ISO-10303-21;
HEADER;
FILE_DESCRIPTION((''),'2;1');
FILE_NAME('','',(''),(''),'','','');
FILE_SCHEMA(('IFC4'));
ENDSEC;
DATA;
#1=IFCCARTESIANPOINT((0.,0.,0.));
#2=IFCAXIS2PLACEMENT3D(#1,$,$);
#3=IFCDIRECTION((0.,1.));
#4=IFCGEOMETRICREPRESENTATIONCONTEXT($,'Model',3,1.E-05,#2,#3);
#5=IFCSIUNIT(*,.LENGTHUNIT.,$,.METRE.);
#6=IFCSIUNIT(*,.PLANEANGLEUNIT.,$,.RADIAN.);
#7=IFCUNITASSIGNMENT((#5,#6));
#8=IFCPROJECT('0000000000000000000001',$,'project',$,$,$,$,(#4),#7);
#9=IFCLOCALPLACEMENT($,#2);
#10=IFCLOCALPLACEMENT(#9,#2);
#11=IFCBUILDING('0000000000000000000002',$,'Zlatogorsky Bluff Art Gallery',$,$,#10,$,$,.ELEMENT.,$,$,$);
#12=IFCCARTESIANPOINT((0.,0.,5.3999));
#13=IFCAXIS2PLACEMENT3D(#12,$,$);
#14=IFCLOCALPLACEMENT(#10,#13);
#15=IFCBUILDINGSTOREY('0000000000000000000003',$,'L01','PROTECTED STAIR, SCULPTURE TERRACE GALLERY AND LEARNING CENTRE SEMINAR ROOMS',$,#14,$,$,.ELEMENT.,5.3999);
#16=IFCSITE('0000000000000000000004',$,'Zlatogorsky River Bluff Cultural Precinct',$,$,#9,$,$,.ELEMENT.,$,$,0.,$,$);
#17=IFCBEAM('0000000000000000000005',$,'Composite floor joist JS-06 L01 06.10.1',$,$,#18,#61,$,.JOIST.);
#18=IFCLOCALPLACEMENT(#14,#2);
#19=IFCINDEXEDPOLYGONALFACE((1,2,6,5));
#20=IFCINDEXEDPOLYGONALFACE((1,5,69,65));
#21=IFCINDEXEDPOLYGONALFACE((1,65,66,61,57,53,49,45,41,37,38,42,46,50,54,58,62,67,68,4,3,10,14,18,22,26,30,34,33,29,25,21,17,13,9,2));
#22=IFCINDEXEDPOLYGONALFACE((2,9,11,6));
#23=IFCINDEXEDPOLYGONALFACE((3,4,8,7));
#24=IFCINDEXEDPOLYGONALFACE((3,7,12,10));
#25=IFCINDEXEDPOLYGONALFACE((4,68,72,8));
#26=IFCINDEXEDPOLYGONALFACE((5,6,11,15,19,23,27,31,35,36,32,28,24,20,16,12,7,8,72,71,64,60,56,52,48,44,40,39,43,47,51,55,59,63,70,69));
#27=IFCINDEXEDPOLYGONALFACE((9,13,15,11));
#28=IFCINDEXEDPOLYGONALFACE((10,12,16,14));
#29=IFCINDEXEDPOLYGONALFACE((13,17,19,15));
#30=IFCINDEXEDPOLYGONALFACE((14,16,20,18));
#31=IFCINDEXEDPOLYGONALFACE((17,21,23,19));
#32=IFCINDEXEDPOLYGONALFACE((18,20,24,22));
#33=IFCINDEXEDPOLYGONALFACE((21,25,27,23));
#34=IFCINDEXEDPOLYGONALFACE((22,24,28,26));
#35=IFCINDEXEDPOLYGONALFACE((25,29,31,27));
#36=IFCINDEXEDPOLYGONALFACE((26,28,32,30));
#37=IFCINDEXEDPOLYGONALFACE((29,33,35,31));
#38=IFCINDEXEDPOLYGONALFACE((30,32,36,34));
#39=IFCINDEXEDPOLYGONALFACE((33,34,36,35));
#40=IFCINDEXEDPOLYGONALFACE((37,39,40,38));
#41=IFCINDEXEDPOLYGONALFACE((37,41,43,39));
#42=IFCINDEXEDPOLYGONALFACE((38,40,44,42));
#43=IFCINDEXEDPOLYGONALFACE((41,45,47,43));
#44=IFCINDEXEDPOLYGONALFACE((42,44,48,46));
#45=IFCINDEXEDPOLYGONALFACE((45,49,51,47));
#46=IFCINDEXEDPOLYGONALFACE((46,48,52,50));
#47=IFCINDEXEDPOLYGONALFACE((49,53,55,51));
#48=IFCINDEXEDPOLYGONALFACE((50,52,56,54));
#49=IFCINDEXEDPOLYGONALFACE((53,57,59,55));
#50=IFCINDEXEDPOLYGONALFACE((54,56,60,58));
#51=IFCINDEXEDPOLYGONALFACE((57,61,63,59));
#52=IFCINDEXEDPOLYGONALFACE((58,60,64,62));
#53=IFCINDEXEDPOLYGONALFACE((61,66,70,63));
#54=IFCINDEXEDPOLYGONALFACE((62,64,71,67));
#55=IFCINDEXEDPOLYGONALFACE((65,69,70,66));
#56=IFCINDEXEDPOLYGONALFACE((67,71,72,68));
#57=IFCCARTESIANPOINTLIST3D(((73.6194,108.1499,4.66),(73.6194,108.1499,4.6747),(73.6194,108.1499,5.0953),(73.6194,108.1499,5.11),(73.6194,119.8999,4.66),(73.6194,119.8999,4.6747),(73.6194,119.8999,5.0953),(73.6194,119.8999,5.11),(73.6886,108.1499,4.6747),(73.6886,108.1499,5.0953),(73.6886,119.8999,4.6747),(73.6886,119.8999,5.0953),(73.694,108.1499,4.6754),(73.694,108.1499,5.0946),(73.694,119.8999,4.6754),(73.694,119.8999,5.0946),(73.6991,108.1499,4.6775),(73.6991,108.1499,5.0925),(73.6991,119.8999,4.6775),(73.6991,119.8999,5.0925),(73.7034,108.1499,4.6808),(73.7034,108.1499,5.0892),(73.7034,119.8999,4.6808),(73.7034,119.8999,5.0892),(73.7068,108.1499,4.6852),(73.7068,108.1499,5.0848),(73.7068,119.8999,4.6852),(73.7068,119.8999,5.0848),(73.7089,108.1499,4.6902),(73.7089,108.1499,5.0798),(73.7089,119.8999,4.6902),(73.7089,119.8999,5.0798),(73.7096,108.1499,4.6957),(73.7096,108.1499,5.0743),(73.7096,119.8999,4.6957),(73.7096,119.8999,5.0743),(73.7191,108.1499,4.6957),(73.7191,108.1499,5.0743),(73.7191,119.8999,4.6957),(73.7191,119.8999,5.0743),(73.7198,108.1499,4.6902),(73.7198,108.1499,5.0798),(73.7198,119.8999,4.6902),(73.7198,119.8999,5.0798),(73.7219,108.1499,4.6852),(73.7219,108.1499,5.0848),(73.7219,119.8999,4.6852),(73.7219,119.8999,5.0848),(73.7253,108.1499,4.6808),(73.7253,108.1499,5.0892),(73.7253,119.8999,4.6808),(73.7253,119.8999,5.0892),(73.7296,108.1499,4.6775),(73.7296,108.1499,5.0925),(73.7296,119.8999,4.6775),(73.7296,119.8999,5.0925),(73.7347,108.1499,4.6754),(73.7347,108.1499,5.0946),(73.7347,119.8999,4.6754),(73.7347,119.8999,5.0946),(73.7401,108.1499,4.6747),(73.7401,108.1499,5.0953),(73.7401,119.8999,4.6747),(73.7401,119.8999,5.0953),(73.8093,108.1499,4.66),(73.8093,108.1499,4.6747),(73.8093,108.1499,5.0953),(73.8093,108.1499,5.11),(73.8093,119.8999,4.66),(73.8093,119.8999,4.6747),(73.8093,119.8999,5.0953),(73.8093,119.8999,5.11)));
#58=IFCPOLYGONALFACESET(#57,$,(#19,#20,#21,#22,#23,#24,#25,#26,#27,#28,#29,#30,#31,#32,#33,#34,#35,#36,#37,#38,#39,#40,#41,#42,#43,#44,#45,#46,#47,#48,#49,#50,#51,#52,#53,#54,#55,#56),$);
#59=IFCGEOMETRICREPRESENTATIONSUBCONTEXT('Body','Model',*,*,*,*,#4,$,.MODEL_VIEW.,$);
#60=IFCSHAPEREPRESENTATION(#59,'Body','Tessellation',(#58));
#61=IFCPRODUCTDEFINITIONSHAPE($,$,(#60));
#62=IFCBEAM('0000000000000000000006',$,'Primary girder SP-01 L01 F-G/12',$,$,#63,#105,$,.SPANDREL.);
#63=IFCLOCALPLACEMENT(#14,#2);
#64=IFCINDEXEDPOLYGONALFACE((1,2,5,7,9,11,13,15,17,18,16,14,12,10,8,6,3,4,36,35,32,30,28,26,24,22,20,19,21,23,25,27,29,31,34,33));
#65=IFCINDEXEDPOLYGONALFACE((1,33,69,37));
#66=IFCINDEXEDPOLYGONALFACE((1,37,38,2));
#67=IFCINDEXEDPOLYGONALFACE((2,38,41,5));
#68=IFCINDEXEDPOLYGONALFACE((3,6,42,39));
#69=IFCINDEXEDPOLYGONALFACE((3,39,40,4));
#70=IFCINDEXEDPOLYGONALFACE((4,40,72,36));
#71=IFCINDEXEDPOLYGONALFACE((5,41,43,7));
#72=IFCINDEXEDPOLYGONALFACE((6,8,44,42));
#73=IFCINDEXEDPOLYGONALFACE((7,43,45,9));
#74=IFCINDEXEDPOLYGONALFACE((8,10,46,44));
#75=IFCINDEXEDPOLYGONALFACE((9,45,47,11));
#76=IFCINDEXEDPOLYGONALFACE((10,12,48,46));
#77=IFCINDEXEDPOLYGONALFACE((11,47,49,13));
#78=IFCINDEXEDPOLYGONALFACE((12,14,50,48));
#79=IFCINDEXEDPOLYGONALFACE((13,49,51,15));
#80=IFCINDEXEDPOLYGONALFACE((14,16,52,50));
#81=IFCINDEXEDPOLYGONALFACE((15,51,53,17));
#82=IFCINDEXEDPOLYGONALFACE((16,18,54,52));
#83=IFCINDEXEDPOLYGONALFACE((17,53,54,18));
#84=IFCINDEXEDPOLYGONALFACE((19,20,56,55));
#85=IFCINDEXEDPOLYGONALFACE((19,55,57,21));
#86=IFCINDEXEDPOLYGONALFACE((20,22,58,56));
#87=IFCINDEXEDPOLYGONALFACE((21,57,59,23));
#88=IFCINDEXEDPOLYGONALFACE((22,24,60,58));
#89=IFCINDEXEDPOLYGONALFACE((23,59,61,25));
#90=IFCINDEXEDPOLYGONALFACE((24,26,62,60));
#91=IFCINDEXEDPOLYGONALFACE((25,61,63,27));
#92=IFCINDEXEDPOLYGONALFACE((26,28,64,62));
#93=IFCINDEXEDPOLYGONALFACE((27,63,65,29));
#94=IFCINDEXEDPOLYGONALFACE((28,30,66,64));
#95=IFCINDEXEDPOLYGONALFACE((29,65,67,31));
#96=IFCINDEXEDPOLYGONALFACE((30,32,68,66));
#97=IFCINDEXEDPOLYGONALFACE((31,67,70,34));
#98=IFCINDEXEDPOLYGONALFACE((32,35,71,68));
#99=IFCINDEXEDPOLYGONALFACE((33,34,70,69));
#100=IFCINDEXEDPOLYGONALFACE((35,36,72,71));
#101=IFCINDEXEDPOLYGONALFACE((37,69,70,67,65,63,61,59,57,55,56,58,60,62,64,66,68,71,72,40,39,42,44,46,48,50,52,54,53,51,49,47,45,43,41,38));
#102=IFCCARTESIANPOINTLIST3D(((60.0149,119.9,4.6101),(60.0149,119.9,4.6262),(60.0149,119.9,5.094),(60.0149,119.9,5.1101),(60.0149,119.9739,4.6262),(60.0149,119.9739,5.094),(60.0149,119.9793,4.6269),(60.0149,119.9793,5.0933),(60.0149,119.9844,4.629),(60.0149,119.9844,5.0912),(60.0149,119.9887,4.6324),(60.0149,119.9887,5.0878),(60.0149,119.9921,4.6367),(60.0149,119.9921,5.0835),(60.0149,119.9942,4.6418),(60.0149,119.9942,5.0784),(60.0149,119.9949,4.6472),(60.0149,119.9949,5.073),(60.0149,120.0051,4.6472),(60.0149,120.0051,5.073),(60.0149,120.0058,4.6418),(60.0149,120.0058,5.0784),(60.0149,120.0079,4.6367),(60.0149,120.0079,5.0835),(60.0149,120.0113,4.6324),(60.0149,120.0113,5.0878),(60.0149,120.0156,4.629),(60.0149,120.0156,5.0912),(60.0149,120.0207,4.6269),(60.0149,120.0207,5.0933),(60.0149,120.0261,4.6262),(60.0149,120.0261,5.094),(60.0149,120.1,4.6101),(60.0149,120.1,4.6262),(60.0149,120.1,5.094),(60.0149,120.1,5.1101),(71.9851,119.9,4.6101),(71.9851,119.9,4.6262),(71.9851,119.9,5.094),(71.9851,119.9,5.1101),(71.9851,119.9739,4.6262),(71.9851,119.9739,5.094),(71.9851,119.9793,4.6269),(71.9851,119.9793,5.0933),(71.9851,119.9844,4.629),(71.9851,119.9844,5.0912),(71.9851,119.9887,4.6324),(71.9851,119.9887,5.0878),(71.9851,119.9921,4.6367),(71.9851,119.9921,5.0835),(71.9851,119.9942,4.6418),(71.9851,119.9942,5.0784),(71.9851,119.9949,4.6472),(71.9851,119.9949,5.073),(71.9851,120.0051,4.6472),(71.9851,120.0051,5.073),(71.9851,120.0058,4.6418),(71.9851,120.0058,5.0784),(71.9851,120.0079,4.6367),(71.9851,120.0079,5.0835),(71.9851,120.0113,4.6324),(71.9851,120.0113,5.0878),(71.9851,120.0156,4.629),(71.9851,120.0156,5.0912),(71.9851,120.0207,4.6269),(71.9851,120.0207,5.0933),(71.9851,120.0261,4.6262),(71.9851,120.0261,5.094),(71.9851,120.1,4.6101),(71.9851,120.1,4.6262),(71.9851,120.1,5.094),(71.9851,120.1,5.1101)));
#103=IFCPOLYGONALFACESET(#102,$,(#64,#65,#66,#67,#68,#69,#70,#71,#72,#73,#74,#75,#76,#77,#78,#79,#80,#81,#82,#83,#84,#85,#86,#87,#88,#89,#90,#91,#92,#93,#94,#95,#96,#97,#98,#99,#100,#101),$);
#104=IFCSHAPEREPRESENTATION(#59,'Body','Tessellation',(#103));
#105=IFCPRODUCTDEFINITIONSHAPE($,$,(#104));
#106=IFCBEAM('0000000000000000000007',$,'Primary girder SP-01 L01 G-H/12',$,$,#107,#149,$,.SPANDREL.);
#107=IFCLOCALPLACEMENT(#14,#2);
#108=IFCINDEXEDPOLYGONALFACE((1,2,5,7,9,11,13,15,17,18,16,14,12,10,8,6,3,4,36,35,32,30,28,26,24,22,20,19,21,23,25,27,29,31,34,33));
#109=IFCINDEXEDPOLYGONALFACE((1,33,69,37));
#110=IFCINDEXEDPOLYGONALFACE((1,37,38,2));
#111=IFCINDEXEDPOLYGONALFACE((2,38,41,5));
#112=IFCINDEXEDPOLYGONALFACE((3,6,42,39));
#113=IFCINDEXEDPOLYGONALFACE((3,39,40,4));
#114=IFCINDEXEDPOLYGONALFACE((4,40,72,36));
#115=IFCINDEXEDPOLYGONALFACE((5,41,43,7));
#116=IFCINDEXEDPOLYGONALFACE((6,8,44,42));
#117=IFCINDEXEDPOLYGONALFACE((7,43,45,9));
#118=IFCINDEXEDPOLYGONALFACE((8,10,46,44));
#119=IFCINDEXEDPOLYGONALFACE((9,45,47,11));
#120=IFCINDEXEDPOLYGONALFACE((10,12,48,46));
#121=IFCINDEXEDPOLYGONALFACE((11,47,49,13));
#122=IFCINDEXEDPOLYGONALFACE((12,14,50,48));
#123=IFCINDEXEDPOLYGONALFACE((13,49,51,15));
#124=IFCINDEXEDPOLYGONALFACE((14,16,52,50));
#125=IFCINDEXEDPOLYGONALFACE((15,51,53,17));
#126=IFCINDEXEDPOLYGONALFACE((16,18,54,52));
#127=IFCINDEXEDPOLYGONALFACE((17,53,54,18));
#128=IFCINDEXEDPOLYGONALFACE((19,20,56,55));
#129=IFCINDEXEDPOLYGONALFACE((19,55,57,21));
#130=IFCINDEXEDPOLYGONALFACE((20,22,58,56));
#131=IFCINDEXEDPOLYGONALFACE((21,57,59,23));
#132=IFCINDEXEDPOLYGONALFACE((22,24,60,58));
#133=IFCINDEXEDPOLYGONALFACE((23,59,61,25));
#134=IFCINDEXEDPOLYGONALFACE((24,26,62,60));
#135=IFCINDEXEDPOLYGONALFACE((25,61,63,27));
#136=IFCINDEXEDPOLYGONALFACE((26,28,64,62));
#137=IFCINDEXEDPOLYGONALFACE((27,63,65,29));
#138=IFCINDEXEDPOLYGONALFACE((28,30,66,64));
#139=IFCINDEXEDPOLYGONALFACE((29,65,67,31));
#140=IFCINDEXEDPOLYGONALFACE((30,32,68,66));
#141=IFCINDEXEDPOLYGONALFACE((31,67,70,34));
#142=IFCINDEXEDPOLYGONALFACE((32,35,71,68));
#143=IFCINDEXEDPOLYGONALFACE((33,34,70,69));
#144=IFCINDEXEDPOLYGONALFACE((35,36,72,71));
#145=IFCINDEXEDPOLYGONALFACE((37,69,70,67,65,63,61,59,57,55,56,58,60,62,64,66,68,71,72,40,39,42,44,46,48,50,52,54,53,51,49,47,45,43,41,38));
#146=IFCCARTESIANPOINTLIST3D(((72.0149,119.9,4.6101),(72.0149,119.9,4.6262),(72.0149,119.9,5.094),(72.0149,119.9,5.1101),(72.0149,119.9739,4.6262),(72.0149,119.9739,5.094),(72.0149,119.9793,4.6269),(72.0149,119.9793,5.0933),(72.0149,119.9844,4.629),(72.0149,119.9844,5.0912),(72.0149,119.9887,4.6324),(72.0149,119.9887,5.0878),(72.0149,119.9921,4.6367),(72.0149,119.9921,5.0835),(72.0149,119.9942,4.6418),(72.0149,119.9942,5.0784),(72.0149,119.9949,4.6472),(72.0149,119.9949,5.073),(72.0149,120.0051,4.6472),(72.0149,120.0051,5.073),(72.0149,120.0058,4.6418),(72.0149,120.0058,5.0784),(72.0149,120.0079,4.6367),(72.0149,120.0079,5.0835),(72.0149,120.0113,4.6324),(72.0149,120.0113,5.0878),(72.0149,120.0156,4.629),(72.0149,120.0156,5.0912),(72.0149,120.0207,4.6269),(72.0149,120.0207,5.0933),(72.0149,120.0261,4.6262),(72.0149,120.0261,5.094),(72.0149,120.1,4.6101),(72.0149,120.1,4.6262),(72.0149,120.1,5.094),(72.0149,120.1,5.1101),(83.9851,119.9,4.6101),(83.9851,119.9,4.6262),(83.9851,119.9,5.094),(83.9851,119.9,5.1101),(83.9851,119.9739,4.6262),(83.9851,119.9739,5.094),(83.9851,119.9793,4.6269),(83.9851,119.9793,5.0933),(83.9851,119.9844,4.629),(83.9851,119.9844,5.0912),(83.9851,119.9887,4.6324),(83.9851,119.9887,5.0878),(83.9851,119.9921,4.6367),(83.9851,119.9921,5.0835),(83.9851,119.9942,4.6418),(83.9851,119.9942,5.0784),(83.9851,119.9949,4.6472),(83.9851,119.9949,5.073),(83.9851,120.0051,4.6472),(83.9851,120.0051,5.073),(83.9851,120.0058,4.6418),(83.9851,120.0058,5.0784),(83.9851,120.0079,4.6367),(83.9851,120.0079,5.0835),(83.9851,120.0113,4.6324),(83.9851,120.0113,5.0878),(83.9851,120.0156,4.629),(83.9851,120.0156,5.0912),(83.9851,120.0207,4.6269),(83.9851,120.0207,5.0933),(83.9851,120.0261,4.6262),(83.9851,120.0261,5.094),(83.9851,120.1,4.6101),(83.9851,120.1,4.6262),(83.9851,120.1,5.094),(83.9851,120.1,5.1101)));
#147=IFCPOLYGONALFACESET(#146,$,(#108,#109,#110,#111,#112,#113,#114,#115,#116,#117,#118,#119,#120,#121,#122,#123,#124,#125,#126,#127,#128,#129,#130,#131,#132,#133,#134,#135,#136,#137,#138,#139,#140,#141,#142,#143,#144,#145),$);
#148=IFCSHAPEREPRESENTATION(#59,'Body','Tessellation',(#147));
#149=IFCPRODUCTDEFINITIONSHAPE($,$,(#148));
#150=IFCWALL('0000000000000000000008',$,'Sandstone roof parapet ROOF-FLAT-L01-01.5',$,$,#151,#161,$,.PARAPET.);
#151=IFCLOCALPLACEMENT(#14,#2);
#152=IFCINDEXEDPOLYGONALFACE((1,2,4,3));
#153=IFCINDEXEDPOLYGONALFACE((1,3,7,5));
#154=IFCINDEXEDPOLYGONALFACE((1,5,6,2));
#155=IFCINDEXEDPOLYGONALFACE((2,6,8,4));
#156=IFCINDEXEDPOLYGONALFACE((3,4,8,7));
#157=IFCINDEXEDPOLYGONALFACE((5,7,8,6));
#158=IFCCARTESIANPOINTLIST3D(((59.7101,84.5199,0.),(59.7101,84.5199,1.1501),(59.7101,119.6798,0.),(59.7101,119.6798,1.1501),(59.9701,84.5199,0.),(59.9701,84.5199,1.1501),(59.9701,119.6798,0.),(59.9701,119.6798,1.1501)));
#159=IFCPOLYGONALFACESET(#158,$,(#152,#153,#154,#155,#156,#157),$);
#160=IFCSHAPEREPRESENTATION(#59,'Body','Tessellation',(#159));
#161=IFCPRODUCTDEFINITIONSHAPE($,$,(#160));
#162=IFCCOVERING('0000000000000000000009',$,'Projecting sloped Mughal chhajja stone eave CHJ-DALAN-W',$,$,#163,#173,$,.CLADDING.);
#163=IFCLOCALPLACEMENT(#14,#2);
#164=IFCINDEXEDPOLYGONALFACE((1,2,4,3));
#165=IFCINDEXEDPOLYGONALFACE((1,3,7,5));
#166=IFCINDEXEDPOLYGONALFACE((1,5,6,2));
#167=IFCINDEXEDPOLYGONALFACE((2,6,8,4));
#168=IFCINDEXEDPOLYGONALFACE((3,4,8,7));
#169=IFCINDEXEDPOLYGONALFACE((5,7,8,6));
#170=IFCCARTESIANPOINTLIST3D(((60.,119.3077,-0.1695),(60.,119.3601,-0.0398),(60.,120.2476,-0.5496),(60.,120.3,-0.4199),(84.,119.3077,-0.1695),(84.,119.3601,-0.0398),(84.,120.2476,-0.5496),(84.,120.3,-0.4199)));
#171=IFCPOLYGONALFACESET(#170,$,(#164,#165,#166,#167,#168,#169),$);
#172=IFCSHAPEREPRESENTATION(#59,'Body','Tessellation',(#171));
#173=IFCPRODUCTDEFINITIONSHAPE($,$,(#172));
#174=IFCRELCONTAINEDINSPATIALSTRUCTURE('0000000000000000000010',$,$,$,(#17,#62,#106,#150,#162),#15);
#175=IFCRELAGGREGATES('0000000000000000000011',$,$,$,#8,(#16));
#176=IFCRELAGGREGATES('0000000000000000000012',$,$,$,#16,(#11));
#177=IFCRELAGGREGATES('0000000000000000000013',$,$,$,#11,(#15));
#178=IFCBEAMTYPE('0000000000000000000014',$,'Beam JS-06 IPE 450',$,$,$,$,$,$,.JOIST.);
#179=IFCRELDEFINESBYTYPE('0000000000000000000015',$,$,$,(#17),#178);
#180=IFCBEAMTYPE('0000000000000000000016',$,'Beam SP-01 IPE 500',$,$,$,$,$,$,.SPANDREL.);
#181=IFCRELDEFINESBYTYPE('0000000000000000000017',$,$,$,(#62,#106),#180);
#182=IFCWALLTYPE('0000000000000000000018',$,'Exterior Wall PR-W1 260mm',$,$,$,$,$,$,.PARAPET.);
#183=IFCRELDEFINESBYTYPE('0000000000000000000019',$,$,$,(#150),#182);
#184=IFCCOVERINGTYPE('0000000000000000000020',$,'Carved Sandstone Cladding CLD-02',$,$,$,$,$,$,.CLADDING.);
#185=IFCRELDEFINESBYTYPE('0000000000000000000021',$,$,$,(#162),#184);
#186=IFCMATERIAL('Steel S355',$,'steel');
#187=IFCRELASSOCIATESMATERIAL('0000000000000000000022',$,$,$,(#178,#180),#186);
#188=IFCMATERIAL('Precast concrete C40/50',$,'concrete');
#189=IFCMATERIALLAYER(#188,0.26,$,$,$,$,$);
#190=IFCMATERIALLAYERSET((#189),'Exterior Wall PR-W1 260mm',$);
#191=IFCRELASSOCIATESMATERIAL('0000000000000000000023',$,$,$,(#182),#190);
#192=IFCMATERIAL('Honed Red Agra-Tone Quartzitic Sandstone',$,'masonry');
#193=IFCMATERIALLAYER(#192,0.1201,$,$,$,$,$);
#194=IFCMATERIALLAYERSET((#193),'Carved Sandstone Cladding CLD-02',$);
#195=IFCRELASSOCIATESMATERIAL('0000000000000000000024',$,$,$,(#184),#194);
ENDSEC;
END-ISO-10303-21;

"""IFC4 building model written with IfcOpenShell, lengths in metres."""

from ifc_helpers import new_model, si_unit, direction, frame, frame_2d, origin, origin_2d, place, context, subcontext, project, spatial, polyline, rectangle, i_section, outline, extrude, material, layer, layer_set, material_profile, profile_set, type_object, element, save


model = new_model("IFC4")

# Units and contexts
model_context = context("Model", 3, precision=1e-05, world=origin(), true_north=direction((0.0, 1.0)))
body_context = subcontext(model_context, "Body", "Model", "MODEL_VIEW")
ifc_project = project(units=[si_unit("LENGTHUNIT", "METRE"), si_unit("PLANEANGLEUNIT", "RADIAN")], contexts=[model_context])

# Site, building, storey
site_placement = place(None, origin())
site = spatial("IfcSite", under=ifc_project, at=site_placement, Name="Zlatogorsky River Bluff Cultural Precinct", CompositionType="ELEMENT", RefElevation=0.0)
building_placement = place(site_placement, origin())
building = spatial("IfcBuilding", under=site, at=building_placement, Name="Zlatogorsky Bluff Art Gallery", CompositionType="ELEMENT")
storey_placement = place(building_placement, frame((0.0, 0.0, 5.3999)))
storey = spatial("IfcBuildingStorey", under=building, at=storey_placement, Name="L01", Description="PROTECTED STAIR, SCULPTURE TERRACE GALLERY AND LEARNING CENTRE SEMINAR ROOMS", CompositionType="ELEMENT", Elevation=5.3999)

# Shared definitions
ifc_material_1 = material(Name="Steel S355", Category="steel")

# Beams
ifc_material_profile_1 = material_profile(ifc_material_1, i_section(OverallWidth=0.1899, OverallDepth=0.45, WebThickness=0.0095, FlangeThickness=0.0146, FilletRadius=0.021, at=origin_2d()), Name="IPE 450")
ifc_profile_set_1 = profile_set([ifc_material_profile_1], Name="Steel S355")
beam_type_1 = type_object("IfcBeamType", Name="Beam JS-06 IPE 450", PredefinedType="JOIST", material=ifc_profile_set_1)
beam_1_placement = place(storey_placement, frame((73.7144, 108.1499, 4.885), z_axis=(0.0, 1.0, 0.0), x_axis=(-1.0, 0.0, 0.0)))
element("IfcBeam", 1, at=beam_1_placement, inside=storey, type_object=beam_type_1, Name="Composite floor joist JS-06 L01 06.10.1", PredefinedType="JOIST", context=body_context, shape_type="SweptSolid", body=[
    extrude(i_section(OverallWidth=0.1899, OverallDepth=0.45, WebThickness=0.0095, FlangeThickness=0.0146, FilletRadius=0.021, at=origin_2d()), origin(), (0.0, 0.0, 1.0), 11.75),
])
ifc_material_profile_2 = material_profile(ifc_material_1, i_section(OverallWidth=0.2, OverallDepth=0.5, WebThickness=0.0103, FlangeThickness=0.0161, FilletRadius=0.021, at=origin_2d()), Name="IPE 500")
ifc_profile_set_2 = profile_set([ifc_material_profile_2], Name="Steel S355")
beam_type_2 = type_object("IfcBeamType", Name="Beam SP-01 IPE 500", PredefinedType="SPANDREL", material=ifc_profile_set_2)
for number, where, z_axis, x_axis, name in (
    (2, (60.0149, 120.0, 4.8601), (1.0, 0.0, 0.0), (0.0, 1.0, 0.0), "Primary girder SP-01 L01 F-G/12"),
    (3, (72.0149, 120.0, 4.8601), (1.0, 0.0, 0.0), (0.0, 1.0, 0.0), "Primary girder SP-01 L01 G-H/12"),
):
    element("IfcBeam", number, at=place(storey_placement, frame(where, z_axis=z_axis, x_axis=x_axis)), inside=storey, type_object=beam_type_2, Name=name, PredefinedType="SPANDREL", context=body_context, shape_type="SweptSolid", body=[
        extrude(i_section(OverallWidth=0.2, OverallDepth=0.5, WebThickness=0.0103, FlangeThickness=0.0161, FilletRadius=0.021, at=origin_2d()), origin(), (0.0, 0.0, 1.0), 11.9702),
    ])

# Wall
ifc_material_2 = material(Name="Precast concrete C40/50", Category="concrete")
ifc_layer_1 = layer(ifc_material_2, 0.26)
ifc_layer_set_1 = layer_set([ifc_layer_1], Name="Exterior Wall PR-W1 260mm")
wall_type = type_object("IfcWallType", Name="Exterior Wall PR-W1 260mm", PredefinedType="PARAPET", material=ifc_layer_set_1)
wall_placement = place(storey_placement, frame((59.8401, 119.6799, 0.0), z_axis=(0.0, 0.0, 1.0), x_axis=(0.0, -1.0, 0.0)))
element("IfcWall", 4, at=wall_placement, inside=storey, type_object=wall_type, Name="Sandstone roof parapet ROOF-FLAT-L01-01.5", PredefinedType="PARAPET", context=body_context, shape_type="SweptSolid", body=[
    extrude(rectangle(XDim=35.1599, YDim=0.26, at=frame_2d((17.5801, 0.0))), origin(), (0.0, 0.0, 1.0), 1.1501),
])

# Covering
ifc_material_3 = material(Name="Honed Red Agra-Tone Quartzitic Sandstone", Category="masonry")
ifc_layer_2 = layer(ifc_material_3, 0.1201)
ifc_layer_set_2 = layer_set([ifc_layer_2], Name="Carved Sandstone Cladding CLD-02")
covering_type = type_object("IfcCoveringType", Name="Carved Sandstone Cladding CLD-02", PredefinedType="CLADDING", material=ifc_layer_set_2)
covering_placement = place(storey_placement, frame((60.0, 119.3601, -0.0398), z_axis=(0.0, 0.374917, 0.927058), x_axis=(1.0, 0.0, 0.0)))
element("IfcCovering", 5, at=covering_placement, inside=storey, type_object=covering_type, Name="Projecting sloped Mughal chhajja stone eave CHJ-DALAN-W", PredefinedType="CLADDING", context=body_context, shape_type="SweptSolid", body=[
    extrude(outline(polyline([(0.0, 0.0), (24.0, 0.0), (24.0, 1.0139), (0.0, 1.0139), (0.0, 0.0)])), origin(), (0.0, 0.0, -1.0), 0.1399),
])

save(model, "model.ifc")
